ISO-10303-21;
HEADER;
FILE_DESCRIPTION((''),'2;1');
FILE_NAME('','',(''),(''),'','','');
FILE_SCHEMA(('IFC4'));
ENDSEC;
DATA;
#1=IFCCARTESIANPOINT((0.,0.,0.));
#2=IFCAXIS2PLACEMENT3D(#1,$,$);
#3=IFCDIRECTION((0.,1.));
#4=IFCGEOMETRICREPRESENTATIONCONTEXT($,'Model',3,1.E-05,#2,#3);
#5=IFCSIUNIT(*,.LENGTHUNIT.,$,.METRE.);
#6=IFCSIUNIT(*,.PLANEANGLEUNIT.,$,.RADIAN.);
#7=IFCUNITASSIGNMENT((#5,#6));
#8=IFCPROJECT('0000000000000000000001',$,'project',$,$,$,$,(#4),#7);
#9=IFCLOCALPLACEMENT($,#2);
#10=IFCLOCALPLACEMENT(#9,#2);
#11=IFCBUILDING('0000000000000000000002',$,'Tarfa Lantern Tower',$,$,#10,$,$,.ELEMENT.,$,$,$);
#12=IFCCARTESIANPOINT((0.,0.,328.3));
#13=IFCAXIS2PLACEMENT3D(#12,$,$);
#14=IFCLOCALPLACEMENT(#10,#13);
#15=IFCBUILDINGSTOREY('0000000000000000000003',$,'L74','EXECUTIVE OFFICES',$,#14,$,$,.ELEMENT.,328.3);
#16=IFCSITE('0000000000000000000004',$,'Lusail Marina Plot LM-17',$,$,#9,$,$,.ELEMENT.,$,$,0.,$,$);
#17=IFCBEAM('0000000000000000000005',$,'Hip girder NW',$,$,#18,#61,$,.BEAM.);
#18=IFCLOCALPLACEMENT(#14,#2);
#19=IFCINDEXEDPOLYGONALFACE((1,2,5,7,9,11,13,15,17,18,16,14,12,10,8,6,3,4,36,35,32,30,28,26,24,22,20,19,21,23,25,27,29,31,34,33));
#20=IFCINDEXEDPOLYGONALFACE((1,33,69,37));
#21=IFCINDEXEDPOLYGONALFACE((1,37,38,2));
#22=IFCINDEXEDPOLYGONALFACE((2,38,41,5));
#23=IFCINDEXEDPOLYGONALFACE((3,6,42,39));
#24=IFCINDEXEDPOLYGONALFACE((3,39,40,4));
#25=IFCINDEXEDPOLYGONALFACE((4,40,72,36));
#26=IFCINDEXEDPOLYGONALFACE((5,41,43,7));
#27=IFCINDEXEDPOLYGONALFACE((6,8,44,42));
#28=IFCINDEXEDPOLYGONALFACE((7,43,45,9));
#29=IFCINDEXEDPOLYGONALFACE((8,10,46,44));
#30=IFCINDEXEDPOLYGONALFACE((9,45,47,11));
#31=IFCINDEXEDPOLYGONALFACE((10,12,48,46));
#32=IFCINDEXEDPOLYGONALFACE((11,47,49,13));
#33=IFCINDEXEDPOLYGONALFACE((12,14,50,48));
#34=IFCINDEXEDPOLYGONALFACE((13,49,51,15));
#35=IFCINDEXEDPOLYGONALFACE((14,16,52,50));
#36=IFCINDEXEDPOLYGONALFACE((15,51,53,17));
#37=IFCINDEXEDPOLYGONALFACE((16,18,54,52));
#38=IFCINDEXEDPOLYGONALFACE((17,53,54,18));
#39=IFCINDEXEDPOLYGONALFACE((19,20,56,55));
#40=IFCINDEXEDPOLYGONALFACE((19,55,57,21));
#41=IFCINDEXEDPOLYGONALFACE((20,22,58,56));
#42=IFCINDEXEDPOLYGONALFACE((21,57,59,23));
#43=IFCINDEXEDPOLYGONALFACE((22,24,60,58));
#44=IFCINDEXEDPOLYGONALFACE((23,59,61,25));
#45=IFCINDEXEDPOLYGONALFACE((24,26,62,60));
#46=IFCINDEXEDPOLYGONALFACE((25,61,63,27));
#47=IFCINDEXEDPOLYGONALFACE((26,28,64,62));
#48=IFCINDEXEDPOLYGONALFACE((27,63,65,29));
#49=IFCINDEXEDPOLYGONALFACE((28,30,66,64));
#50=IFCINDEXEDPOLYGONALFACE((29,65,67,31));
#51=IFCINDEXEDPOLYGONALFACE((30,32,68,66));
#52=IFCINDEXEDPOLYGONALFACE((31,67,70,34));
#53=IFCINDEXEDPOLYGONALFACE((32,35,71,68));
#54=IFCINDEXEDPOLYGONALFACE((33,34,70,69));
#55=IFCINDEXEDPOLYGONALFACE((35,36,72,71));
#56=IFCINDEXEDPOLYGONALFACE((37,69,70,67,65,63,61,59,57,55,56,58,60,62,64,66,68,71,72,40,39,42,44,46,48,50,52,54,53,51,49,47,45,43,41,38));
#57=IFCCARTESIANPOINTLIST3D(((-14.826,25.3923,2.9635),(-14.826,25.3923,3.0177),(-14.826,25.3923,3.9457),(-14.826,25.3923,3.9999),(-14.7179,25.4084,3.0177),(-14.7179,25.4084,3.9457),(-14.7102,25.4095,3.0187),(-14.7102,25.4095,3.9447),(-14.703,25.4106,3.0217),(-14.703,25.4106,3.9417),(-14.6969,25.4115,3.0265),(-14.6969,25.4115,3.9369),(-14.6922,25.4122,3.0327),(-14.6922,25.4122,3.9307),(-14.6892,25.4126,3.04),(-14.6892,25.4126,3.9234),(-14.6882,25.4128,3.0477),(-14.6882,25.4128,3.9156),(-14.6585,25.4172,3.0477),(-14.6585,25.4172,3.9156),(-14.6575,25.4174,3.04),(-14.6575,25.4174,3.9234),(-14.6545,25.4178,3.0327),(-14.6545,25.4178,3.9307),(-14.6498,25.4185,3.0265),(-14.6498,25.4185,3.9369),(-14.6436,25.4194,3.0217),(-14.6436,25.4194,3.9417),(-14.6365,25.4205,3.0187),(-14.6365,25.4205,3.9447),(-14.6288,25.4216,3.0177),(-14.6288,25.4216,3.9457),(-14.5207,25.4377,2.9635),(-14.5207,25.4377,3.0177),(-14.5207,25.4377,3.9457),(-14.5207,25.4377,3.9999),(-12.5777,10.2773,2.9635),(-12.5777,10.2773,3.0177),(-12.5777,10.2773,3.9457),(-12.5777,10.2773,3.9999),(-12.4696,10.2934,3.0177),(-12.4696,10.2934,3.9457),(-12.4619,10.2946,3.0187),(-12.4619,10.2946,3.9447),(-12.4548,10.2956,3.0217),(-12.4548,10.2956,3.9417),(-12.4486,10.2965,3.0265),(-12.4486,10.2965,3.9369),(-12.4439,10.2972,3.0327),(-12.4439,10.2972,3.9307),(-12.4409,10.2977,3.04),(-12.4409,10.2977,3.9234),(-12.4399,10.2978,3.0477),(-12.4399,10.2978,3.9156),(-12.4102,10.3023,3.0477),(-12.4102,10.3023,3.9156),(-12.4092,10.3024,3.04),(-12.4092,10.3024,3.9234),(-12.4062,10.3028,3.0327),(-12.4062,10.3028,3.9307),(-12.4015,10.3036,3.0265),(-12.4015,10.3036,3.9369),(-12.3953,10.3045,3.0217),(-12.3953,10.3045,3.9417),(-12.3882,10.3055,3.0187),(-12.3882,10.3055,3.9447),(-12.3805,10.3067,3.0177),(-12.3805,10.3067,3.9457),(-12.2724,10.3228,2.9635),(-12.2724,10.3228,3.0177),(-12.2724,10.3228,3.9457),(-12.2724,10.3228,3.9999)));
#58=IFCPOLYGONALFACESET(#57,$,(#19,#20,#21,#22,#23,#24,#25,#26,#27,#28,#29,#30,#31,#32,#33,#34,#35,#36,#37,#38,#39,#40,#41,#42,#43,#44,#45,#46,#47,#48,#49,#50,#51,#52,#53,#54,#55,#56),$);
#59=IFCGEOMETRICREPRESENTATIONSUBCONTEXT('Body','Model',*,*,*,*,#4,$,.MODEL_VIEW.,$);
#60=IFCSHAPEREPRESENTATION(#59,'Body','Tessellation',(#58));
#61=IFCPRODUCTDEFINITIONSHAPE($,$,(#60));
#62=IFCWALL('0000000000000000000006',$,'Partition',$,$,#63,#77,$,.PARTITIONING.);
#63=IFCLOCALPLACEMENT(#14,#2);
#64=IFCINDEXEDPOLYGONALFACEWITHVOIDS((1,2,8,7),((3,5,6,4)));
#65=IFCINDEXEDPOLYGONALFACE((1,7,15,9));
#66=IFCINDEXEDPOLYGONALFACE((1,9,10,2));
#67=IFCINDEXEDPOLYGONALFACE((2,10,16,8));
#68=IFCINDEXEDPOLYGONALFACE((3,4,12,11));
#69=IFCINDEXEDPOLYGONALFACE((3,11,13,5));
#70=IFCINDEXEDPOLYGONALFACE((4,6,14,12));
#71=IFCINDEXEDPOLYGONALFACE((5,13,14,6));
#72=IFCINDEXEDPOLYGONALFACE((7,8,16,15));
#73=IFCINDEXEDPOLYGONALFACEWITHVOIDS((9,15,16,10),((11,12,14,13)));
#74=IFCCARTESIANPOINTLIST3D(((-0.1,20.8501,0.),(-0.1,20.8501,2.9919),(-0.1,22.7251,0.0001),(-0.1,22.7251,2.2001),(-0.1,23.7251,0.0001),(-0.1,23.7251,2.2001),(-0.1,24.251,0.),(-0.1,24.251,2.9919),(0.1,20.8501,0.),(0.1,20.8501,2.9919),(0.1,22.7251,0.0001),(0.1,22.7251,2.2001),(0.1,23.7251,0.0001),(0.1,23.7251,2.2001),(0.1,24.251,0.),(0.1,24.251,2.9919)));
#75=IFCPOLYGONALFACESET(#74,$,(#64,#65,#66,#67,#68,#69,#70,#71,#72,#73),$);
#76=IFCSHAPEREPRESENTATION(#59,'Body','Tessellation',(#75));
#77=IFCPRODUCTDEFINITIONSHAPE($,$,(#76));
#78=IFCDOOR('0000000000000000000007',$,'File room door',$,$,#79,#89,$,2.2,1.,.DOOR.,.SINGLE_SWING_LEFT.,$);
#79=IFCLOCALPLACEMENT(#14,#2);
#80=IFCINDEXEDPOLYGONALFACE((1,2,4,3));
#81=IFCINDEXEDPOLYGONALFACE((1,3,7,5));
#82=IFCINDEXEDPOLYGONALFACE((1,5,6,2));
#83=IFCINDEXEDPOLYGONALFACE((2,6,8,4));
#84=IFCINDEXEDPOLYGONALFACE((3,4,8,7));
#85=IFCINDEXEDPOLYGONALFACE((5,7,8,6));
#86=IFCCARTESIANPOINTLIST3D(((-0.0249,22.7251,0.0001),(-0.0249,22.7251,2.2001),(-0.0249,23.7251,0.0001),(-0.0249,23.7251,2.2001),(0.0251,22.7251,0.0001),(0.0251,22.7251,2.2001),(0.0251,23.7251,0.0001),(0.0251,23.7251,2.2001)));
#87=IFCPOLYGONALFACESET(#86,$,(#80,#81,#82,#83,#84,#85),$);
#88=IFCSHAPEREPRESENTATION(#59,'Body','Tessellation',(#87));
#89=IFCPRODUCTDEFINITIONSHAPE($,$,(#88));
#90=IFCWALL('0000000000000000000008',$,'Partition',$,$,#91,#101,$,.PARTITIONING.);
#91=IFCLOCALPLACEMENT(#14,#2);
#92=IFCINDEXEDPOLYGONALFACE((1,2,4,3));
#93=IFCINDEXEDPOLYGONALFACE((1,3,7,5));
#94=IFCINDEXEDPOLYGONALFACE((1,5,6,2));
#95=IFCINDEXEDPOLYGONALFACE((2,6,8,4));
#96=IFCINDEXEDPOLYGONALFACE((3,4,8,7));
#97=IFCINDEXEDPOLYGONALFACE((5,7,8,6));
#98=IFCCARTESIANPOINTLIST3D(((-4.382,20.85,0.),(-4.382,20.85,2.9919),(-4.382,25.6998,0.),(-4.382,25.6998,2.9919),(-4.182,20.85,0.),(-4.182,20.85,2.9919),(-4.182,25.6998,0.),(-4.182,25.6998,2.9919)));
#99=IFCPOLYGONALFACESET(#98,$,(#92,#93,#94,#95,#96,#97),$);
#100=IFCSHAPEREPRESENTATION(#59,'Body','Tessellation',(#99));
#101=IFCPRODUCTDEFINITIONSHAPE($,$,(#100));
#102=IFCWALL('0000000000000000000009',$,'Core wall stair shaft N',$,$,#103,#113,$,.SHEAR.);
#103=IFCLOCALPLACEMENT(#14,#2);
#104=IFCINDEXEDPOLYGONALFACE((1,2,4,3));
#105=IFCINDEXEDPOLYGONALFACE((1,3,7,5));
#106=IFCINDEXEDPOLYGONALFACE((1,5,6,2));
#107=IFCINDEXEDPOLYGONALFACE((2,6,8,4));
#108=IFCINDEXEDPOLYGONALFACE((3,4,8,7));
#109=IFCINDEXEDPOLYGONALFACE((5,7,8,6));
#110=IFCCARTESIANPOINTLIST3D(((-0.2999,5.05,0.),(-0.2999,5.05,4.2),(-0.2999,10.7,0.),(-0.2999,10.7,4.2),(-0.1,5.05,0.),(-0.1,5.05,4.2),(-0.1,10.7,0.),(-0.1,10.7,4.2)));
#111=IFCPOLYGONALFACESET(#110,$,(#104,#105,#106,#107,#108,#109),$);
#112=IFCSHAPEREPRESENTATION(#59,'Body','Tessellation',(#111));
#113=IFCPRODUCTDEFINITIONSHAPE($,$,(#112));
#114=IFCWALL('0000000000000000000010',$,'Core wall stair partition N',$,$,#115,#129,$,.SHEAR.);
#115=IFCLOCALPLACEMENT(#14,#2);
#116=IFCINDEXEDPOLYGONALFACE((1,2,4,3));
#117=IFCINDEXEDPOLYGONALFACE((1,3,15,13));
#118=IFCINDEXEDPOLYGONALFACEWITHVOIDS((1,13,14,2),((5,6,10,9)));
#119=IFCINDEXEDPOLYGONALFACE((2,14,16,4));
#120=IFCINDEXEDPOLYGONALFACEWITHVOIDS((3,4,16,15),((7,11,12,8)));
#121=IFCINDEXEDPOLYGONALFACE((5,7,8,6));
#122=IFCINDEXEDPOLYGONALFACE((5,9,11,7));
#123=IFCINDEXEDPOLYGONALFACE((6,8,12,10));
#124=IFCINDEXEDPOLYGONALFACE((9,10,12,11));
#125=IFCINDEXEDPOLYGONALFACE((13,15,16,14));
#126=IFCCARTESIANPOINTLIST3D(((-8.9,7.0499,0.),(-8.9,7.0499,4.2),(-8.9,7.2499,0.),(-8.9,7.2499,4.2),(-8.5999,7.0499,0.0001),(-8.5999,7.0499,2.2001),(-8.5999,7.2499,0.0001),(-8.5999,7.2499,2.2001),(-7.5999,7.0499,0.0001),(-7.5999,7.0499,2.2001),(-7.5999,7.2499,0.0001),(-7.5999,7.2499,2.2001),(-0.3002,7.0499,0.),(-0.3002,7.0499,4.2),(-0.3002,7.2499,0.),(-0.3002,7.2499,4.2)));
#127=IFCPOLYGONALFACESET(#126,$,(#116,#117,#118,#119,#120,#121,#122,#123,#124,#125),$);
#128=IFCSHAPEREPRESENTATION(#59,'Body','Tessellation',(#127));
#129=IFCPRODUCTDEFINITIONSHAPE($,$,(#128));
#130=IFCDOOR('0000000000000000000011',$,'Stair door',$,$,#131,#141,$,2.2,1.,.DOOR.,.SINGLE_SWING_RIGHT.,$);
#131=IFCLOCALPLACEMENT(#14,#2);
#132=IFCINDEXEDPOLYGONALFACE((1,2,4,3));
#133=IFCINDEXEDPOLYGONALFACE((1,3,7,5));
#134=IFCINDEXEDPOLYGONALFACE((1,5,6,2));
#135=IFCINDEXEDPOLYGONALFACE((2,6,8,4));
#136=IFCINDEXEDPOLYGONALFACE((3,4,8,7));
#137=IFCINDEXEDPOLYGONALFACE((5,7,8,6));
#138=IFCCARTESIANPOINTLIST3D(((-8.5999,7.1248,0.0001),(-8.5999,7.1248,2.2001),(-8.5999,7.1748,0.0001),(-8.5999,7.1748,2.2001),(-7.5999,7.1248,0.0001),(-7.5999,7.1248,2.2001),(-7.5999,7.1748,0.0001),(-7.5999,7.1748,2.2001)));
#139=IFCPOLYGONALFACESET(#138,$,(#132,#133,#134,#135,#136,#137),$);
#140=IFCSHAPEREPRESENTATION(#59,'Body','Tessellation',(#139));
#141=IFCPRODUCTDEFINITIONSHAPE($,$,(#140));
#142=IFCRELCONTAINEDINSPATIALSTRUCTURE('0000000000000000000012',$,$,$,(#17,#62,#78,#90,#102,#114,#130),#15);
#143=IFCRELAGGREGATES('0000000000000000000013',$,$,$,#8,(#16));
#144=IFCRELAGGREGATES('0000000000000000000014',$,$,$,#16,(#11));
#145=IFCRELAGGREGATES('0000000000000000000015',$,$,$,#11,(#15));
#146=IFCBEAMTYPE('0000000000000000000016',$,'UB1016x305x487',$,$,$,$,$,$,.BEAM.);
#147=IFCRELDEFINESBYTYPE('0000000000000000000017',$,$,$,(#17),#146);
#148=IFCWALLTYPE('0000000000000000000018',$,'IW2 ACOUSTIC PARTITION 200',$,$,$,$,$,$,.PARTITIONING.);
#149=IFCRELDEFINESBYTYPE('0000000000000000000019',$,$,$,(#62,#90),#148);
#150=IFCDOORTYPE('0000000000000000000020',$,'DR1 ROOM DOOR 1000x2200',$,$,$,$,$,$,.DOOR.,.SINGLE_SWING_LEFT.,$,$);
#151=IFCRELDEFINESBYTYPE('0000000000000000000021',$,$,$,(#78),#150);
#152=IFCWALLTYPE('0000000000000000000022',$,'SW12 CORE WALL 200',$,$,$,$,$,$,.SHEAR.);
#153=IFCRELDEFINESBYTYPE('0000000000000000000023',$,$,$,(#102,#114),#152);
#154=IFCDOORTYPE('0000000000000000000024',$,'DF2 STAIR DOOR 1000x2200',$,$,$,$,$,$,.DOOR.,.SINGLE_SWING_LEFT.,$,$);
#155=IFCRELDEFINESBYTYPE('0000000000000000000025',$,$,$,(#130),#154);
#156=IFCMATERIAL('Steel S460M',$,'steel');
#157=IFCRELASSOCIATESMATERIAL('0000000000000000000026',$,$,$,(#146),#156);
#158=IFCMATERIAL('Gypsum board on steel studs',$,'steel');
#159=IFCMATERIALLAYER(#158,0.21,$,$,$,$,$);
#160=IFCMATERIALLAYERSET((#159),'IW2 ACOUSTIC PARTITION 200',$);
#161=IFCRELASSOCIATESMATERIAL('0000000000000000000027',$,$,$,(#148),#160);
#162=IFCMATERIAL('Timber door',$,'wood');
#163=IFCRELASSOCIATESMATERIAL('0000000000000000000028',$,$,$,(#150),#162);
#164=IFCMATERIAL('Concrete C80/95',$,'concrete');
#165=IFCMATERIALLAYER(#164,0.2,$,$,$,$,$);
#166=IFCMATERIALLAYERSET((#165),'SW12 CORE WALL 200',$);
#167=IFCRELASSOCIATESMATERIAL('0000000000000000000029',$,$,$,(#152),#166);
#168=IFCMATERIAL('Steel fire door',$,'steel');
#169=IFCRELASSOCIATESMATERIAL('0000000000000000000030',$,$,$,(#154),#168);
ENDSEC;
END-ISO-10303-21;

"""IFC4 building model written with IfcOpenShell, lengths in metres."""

from ifc_helpers import new_model, si_unit, direction, frame, frame_2d, origin, origin_2d, place, context, subcontext, project, spatial, rectangle, i_section, extrude, material, layer, layer_set, material_profile, profile_set, type_object, element, fill, save


model = new_model("IFC4")

# Units and contexts
model_context = context("Model", 3, precision=1e-05, world=origin(), true_north=direction((0.0, 1.0)))
body_context = subcontext(model_context, "Body", "Model", "MODEL_VIEW")
ifc_project = project(units=[si_unit("LENGTHUNIT", "METRE"), si_unit("PLANEANGLEUNIT", "RADIAN")], contexts=[model_context])

# Site, building, storey
site_placement = place(None, origin())
site = spatial("IfcSite", under=ifc_project, at=site_placement, Name="Lusail Marina Plot LM-17", CompositionType="ELEMENT", RefElevation=0.0)
building_placement = place(site_placement, origin())
building = spatial("IfcBuilding", under=site, at=building_placement, Name="Tarfa Lantern Tower", CompositionType="ELEMENT")
storey_placement = place(building_placement, frame((0.0, 0.0, 328.3)))
storey = spatial("IfcBuildingStorey", under=building, at=storey_placement, Name="L74", Description="EXECUTIVE OFFICES", CompositionType="ELEMENT", Elevation=328.3)

# Beam
ifc_material_1 = material(Name="Steel S460M", Category="steel")
ifc_material_profile = material_profile(ifc_material_1, i_section(OverallWidth=0.3086, OverallDepth=1.0364, WebThickness=0.03, FlangeThickness=0.0542, FilletRadius=0.03, at=origin_2d()), Name="UB1016x305x487")
ifc_profile_set = profile_set([ifc_material_profile], Name="Steel S460M")
beam_type = type_object("IfcBeamType", Name="UB1016x305x487", PredefinedType="BEAM", material=ifc_profile_set)
beam_placement = place(storey_placement, frame((-12.425, 10.3, 3.4817), z_axis=(-0.147127, 0.989118, 0.0), x_axis=(-0.989118, -0.147127, 0.0)))
element("IfcBeam", 1, at=beam_placement, inside=storey, type_object=beam_type, Name="Hip girder NW", PredefinedType="BEAM", context=body_context, shape_type="SweptSolid", body=[
    extrude(i_section(OverallWidth=0.3086, OverallDepth=1.0364, WebThickness=0.03, FlangeThickness=0.0542, FilletRadius=0.03, at=origin_2d()), origin(), (0.0, 0.0, 1.0), 15.2812),
])

# Wall, opening, door
ifc_material_2 = material(Name="Gypsum board on steel studs", Category="steel")
ifc_layer_1 = layer(ifc_material_2, 0.21)
ifc_layer_set_1 = layer_set([ifc_layer_1], Name="IW2 ACOUSTIC PARTITION 200")
wall_type_1 = type_object("IfcWallType", Name="IW2 ACOUSTIC PARTITION 200", PredefinedType="PARTITIONING", material=ifc_layer_set_1)
wall_1_placement = place(storey_placement, frame((0.0, 20.8501, 0.0), z_axis=(0.0, 0.0, 1.0), x_axis=(0.0, 1.0, 0.0)))
wall_1 = element("IfcWall", 2, at=wall_1_placement, inside=storey, type_object=wall_type_1, Name="Partition", PredefinedType="PARTITIONING", context=body_context, shape_type="SweptSolid", body=[
    extrude(rectangle(XDim=3.4009, YDim=0.2, at=frame_2d((1.7004, 0.0))), origin(), (0.0, 0.0, 1.0), 2.9919),
])
opening_1_placement = place(wall_1_placement, frame((1.875, 0.0, 0.0)))
opening_1 = element("IfcOpeningElement", 3, at=opening_1_placement, cuts=wall_1, PredefinedType="OPENING", context=body_context, shape_type="SweptSolid", body=[
    extrude(rectangle(XDim=1.0, YDim=2.2, at=frame_2d((0.5, 1.1001))), frame((0.0, 0.1099, 0.0), z_axis=(0.0, -1.0, 0.0), x_axis=(1.0, 0.0, 0.0)), (0.0, 0.0, 1.0), 0.22),
])
ifc_material_3 = material(Name="Timber door", Category="wood")
door_type_1 = type_object("IfcDoorType", Name="DR1 ROOM DOOR 1000x2200", OperationType="SINGLE_SWING_LEFT", PredefinedType="DOOR", material=ifc_material_3)
door_1_placement = place(opening_1_placement, origin())
door_1 = element("IfcDoor", 4, at=door_1_placement, inside=storey, type_object=door_type_1, Name="File room door", OperationType="SINGLE_SWING_LEFT", OverallHeight=2.2, OverallWidth=1.0, PredefinedType="DOOR", context=body_context, shape_type="SweptSolid", body=[
    extrude(rectangle(XDim=1.0, YDim=2.2, at=frame_2d((0.5, 1.1001))), frame((0.0, 0.0249, 0.0), z_axis=(0.0, -1.0, 0.0), x_axis=(1.0, 0.0, 0.0)), (0.0, 0.0, 1.0), 0.05),
])
fill(opening_1, door_1)

# Walls
wall_2_placement = place(storey_placement, frame((-4.282, 20.8501, 0.0), z_axis=(0.0, 0.0, 1.0), x_axis=(0.0, 1.0, 0.0)))
element("IfcWall", 5, at=wall_2_placement, inside=storey, type_object=wall_type_1, Name="Partition", PredefinedType="PARTITIONING", context=body_context, shape_type="SweptSolid", body=[
    extrude(rectangle(XDim=4.8499, YDim=0.2, at=frame_2d((2.4248, 0.0))), origin(), (0.0, 0.0, 1.0), 2.9919),
])
ifc_material_4 = material(Name="Concrete C80/95", Category="concrete")
ifc_layer_2 = layer(ifc_material_4, 0.2)
ifc_layer_set_2 = layer_set([ifc_layer_2], Name="SW12 CORE WALL 200")
wall_type_2 = type_object("IfcWallType", Name="SW12 CORE WALL 200", PredefinedType="SHEAR", material=ifc_layer_set_2)
wall_3_placement = place(storey_placement, frame((-0.2, 5.05, 0.0), z_axis=(0.0, 0.0, 1.0), x_axis=(0.0, 1.0, 0.0)))
element("IfcWall", 6, at=wall_3_placement, inside=storey, type_object=wall_type_2, Name="Core wall stair shaft N", PredefinedType="SHEAR", context=body_context, shape_type="SweptSolid", body=[
    extrude(rectangle(XDim=5.6499, YDim=0.2, at=frame_2d((2.825, 0.0))), origin(), (0.0, 0.0, 1.0), 4.2),
])

# Wall, opening, door
wall_4_placement = place(storey_placement, frame((-8.8999, 7.1499, 0.0), z_axis=(0.0, 0.0, 1.0), x_axis=(1.0, 0.0, 0.0)))
wall_4 = element("IfcWall", 7, at=wall_4_placement, inside=storey, type_object=wall_type_2, Name="Core wall stair partition N", PredefinedType="SHEAR", context=body_context, shape_type="SweptSolid", body=[
    extrude(rectangle(XDim=8.5999, YDim=0.2, at=frame_2d((4.2998, 0.0))), origin(), (0.0, 0.0, 1.0), 4.2),
])
opening_2_placement = place(wall_4_placement, frame((0.3, 0.0, 0.0)))
opening_2 = element("IfcOpeningElement", 8, at=opening_2_placement, cuts=wall_4, PredefinedType="OPENING", context=body_context, shape_type="SweptSolid", body=[
    extrude(rectangle(XDim=1.0, YDim=2.2, at=frame_2d((0.5, 1.1001))), frame((0.0, 0.1099, 0.0), z_axis=(0.0, -1.0, 0.0), x_axis=(1.0, 0.0, 0.0)), (0.0, 0.0, 1.0), 0.22),
])
ifc_material_5 = material(Name="Steel fire door", Category="steel")
door_type_2 = type_object("IfcDoorType", Name="DF2 STAIR DOOR 1000x2200", OperationType="SINGLE_SWING_LEFT", PredefinedType="DOOR", material=ifc_material_5)
door_2_placement = place(opening_2_placement, origin())
door_2 = element("IfcDoor", 9, at=door_2_placement, inside=storey, type_object=door_type_2, Name="Stair door", OperationType="SINGLE_SWING_RIGHT", OverallHeight=2.2, OverallWidth=1.0, PredefinedType="DOOR", context=body_context, shape_type="SweptSolid", body=[
    extrude(rectangle(XDim=1.0, YDim=2.2, at=frame_2d((0.5, 1.1001))), frame((0.0, 0.0249, 0.0), z_axis=(0.0, -1.0, 0.0), x_axis=(1.0, 0.0, 0.0)), (0.0, 0.0, 1.0), 0.05),
])
fill(opening_2, door_2)

save(model, "model.ifc")
